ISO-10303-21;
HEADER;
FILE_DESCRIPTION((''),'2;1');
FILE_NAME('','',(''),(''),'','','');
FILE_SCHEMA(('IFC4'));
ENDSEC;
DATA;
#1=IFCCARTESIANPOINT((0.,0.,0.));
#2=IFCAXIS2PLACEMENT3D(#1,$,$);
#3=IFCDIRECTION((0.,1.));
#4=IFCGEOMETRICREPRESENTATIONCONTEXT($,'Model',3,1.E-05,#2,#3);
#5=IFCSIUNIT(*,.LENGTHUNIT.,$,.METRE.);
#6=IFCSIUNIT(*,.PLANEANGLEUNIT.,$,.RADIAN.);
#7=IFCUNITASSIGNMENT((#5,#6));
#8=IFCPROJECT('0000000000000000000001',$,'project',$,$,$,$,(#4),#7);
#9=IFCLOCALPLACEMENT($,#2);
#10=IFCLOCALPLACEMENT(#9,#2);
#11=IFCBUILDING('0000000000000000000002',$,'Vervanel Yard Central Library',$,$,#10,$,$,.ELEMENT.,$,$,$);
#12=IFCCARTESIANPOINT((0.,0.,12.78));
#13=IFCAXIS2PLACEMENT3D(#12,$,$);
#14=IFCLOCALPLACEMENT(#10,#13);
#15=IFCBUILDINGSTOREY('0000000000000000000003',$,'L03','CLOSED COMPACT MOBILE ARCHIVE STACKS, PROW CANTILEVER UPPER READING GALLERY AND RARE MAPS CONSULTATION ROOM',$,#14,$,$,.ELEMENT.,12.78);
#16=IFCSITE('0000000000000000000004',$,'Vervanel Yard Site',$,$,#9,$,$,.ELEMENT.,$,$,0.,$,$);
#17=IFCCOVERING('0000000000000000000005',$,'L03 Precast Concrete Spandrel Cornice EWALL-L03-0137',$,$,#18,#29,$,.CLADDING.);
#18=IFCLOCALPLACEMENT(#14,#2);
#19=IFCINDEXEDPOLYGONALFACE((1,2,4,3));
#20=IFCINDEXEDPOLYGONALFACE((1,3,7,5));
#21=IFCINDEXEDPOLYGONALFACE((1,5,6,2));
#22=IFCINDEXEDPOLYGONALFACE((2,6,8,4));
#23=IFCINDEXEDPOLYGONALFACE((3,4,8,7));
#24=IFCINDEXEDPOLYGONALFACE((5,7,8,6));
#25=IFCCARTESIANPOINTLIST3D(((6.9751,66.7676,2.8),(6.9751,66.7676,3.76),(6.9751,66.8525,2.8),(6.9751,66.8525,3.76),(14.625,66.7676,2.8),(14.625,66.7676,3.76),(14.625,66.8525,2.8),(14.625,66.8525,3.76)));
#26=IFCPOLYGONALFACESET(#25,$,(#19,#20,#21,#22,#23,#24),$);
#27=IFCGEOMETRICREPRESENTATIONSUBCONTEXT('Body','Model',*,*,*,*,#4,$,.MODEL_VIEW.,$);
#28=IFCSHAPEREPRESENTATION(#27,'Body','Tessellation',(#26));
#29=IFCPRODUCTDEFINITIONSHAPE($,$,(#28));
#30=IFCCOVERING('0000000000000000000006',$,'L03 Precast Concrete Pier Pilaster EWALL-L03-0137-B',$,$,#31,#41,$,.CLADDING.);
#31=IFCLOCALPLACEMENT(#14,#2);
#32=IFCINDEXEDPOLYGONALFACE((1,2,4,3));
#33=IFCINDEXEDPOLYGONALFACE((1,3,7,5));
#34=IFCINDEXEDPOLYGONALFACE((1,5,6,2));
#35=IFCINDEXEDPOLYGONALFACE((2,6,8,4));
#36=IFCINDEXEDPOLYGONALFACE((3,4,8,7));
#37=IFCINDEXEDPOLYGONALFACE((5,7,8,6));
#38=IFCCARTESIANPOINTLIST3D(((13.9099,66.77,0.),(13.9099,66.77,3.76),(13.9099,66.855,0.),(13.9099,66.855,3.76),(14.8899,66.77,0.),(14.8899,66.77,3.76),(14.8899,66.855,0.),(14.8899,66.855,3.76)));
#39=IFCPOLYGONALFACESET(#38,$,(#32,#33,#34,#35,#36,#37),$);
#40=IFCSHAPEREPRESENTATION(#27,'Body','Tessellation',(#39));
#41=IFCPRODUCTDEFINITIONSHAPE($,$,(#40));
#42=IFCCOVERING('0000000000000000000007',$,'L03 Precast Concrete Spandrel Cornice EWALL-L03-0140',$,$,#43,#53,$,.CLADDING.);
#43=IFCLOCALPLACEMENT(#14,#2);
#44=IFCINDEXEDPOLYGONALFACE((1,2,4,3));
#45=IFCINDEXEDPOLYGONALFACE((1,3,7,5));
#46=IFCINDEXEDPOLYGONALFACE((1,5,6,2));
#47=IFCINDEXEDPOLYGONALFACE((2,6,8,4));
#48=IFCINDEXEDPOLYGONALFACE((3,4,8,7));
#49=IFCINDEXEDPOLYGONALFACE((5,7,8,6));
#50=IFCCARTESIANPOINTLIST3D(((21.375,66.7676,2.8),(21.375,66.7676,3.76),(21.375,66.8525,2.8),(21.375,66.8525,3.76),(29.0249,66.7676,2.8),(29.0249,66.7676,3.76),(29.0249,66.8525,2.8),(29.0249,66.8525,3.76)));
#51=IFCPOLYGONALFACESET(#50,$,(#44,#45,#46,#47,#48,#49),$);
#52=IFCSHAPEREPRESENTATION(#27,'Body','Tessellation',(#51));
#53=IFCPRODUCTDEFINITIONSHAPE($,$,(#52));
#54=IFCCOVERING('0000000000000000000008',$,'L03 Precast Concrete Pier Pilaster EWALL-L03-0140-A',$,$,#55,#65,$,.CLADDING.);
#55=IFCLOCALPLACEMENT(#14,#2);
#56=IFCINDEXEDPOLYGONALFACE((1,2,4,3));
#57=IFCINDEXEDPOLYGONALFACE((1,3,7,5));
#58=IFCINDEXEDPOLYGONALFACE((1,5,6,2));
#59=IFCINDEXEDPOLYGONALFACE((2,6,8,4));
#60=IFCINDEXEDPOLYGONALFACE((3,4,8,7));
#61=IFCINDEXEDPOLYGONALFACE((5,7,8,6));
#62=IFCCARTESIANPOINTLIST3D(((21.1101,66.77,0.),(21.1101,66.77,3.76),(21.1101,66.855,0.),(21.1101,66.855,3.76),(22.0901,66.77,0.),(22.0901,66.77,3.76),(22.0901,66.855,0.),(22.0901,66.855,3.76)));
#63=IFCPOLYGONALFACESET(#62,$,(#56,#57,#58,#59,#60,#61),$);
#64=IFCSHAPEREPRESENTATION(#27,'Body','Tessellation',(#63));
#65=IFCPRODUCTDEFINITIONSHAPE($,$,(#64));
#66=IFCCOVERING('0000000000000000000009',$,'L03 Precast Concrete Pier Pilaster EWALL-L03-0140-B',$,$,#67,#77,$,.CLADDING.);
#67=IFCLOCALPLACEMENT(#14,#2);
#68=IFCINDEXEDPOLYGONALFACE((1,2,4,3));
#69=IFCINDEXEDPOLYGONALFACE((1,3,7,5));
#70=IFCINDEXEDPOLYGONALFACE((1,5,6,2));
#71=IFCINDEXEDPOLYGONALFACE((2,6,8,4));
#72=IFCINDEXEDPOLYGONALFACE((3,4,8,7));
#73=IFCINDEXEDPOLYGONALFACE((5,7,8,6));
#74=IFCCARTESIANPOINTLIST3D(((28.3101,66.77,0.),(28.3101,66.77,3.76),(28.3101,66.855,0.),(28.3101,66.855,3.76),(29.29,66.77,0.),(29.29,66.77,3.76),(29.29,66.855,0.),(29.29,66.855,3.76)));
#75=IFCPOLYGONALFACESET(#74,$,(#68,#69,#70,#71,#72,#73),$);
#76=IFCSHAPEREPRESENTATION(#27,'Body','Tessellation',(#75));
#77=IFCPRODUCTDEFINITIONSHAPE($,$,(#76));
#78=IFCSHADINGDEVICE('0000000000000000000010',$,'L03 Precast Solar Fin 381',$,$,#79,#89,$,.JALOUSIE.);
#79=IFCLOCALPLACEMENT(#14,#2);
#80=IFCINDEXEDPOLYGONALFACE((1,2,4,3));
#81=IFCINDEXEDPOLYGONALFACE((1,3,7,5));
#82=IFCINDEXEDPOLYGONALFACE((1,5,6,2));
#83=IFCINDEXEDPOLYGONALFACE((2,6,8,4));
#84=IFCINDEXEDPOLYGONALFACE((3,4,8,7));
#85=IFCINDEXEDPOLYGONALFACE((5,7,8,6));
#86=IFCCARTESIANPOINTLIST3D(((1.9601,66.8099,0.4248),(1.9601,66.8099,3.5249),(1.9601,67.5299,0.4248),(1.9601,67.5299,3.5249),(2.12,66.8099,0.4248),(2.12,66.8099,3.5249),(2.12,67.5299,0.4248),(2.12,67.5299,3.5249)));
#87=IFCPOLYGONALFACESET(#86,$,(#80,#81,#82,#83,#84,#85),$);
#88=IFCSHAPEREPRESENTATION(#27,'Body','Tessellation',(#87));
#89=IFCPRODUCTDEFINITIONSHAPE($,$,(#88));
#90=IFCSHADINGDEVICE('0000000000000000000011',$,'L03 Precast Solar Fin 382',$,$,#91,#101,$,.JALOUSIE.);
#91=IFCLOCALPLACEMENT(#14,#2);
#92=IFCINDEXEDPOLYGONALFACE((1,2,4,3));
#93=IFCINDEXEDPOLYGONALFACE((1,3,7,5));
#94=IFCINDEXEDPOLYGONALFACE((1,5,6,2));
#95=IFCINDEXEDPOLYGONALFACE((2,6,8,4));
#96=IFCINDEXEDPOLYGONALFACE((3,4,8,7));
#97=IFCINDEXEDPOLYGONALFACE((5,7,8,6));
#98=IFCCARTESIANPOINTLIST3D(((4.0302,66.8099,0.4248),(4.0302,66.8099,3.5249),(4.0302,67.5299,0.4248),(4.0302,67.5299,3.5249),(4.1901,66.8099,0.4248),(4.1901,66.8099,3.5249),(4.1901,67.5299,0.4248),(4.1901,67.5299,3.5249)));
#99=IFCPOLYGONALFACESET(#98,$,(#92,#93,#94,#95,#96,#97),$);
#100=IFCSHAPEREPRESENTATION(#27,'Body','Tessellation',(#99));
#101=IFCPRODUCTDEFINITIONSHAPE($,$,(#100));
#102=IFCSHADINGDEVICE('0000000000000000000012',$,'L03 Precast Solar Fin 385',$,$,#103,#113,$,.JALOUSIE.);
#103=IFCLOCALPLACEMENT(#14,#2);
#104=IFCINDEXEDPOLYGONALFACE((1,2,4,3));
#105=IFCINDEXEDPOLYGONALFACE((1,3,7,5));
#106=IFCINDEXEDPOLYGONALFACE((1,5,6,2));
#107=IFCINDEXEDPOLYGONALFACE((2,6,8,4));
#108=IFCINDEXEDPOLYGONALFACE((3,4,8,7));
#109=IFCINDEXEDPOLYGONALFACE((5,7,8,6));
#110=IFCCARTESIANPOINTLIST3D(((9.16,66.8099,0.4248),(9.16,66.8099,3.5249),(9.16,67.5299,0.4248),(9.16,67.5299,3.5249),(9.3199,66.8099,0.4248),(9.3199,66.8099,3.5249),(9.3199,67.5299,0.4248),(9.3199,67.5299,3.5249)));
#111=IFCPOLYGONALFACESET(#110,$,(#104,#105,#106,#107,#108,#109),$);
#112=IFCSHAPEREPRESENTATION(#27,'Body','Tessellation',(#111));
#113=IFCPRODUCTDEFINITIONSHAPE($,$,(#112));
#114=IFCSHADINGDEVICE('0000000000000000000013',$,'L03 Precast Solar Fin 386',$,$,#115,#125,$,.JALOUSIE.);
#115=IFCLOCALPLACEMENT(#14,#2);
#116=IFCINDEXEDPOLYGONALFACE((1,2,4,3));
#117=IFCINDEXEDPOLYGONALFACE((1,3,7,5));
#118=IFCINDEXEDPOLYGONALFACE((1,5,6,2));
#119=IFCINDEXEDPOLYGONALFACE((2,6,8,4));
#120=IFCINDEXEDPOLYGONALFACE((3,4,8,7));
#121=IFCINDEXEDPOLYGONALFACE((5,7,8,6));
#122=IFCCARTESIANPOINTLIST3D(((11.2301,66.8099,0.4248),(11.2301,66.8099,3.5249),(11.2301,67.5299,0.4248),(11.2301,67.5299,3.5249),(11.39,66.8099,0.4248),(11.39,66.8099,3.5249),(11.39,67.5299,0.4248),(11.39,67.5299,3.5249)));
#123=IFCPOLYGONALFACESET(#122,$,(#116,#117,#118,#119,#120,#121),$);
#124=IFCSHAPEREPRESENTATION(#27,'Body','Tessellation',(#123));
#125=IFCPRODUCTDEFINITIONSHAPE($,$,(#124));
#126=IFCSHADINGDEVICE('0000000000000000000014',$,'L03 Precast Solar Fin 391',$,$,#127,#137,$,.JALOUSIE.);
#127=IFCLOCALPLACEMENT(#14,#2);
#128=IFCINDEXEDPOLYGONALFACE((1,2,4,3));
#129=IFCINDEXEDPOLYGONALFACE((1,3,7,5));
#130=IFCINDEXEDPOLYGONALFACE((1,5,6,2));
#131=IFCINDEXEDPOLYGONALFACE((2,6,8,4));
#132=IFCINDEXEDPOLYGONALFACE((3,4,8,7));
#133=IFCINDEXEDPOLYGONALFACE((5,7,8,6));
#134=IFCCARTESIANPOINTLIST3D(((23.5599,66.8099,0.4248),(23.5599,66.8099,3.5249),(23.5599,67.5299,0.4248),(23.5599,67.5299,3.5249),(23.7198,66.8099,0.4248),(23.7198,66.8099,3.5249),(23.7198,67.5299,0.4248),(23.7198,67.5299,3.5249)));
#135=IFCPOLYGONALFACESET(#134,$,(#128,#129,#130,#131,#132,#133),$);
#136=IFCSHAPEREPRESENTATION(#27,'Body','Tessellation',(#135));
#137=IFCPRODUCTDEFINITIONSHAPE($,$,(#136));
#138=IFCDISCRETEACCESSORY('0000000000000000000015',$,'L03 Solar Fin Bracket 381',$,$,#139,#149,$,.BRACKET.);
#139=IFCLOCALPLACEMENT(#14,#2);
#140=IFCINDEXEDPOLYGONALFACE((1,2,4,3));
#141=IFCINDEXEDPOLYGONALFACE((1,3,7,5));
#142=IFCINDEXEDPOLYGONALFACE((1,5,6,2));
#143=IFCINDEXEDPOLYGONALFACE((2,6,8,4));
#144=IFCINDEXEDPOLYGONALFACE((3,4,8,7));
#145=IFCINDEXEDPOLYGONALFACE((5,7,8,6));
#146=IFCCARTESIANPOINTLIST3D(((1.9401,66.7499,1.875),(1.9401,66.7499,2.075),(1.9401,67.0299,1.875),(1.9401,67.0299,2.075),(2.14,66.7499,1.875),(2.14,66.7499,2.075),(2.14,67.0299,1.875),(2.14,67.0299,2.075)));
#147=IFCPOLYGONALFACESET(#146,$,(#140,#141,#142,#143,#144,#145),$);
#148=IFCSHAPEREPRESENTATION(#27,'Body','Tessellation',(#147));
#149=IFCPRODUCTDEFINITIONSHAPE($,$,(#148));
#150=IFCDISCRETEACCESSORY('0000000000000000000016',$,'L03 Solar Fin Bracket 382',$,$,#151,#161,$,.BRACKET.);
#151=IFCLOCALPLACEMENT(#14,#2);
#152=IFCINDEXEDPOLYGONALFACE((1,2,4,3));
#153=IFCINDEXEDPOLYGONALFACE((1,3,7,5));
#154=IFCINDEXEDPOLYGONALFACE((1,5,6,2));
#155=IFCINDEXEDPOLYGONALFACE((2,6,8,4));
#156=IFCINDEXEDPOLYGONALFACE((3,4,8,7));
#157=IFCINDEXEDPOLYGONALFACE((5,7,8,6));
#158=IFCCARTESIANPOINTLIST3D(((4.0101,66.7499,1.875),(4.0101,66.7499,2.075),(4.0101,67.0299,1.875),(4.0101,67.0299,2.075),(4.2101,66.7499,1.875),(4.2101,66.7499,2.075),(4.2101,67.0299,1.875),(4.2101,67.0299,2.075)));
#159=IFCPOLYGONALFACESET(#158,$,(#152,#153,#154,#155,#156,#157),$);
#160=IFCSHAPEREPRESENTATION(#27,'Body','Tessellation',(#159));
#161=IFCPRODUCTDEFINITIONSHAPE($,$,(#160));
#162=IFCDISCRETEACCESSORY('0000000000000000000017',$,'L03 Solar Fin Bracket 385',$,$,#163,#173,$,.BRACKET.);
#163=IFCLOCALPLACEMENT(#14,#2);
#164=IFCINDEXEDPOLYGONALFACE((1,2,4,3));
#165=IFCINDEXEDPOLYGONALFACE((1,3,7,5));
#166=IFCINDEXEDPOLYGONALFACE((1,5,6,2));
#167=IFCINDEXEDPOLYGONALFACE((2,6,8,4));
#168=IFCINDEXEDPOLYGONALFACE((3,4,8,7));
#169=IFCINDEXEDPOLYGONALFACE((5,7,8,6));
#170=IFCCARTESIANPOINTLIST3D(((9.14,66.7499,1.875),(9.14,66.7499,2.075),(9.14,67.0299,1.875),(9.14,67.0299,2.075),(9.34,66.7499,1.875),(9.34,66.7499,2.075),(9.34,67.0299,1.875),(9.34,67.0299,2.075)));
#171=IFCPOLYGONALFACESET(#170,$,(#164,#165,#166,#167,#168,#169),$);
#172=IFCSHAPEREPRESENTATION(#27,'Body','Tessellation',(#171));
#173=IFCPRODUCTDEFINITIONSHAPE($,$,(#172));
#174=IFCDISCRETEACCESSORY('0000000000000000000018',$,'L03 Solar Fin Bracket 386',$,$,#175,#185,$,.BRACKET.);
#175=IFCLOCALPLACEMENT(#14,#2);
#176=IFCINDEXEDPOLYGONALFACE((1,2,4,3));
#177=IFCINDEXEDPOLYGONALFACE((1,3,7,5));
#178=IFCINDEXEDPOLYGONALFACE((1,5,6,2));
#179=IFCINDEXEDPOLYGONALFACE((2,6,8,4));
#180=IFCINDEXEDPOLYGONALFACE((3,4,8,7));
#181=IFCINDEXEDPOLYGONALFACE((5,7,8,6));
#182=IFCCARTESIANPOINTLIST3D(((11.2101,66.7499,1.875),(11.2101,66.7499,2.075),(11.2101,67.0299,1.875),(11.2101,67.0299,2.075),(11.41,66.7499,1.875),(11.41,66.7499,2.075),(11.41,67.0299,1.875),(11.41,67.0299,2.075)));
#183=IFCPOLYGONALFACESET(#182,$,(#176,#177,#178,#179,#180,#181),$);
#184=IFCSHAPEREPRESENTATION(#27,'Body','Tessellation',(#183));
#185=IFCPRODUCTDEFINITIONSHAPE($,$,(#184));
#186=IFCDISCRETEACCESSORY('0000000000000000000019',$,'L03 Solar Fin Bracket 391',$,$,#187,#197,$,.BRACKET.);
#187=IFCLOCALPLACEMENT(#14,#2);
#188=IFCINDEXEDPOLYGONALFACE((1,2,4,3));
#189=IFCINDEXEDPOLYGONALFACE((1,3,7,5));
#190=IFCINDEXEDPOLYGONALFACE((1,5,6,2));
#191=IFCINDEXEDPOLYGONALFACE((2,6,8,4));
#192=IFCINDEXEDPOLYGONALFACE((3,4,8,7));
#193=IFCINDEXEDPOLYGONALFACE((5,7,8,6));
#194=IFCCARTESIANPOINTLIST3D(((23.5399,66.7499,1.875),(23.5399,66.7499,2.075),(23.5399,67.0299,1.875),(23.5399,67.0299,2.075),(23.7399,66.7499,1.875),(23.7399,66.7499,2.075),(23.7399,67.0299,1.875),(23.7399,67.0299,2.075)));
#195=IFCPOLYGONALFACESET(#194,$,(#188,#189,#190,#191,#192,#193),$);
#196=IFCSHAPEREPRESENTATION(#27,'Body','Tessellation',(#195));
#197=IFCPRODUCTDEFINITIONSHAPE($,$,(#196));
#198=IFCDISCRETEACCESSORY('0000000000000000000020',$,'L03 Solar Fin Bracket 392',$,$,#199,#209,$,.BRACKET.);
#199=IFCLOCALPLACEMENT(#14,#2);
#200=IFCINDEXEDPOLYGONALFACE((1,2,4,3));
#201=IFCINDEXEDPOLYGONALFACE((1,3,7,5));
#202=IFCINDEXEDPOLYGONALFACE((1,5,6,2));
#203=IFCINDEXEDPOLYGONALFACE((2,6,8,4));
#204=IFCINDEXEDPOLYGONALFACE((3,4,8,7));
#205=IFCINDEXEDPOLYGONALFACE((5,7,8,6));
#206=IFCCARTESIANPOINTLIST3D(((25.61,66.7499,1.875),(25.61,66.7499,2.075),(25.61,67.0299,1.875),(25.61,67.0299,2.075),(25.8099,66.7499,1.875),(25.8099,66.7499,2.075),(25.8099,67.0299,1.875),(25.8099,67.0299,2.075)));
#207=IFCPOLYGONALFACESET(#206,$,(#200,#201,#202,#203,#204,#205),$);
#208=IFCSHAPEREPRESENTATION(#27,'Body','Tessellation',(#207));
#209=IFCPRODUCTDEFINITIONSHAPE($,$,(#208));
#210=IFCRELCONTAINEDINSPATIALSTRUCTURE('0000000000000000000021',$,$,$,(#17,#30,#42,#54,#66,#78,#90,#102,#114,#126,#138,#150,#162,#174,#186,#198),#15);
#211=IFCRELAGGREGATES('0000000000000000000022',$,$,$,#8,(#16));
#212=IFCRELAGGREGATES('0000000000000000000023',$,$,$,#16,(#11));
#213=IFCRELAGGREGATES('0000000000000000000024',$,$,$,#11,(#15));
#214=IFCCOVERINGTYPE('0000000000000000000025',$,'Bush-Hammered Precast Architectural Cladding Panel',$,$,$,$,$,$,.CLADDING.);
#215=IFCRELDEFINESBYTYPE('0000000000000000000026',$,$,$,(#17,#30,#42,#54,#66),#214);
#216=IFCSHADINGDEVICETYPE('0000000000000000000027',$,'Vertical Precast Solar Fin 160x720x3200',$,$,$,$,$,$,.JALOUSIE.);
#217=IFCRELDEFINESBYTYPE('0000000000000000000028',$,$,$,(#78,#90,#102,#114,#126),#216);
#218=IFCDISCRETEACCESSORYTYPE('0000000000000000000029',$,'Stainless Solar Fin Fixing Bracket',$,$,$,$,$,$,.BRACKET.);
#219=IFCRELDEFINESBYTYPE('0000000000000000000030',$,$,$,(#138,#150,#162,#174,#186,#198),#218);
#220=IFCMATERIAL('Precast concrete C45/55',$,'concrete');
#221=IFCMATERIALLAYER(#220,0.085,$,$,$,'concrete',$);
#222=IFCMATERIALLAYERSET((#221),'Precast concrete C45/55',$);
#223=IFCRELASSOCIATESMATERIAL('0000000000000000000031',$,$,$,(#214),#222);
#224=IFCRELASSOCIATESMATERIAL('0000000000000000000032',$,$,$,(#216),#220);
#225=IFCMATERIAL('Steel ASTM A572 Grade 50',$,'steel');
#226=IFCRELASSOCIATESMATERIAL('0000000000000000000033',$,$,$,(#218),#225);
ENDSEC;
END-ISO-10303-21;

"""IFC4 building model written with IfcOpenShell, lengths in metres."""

from ifc_helpers import new_model, si_unit, direction, frame, origin, origin_2d, place, context, subcontext, project, spatial, rectangle, extrude, material, layer, layer_set, type_object, element, save


model = new_model("IFC4")

# Units and contexts
model_context = context("Model", 3, precision=1e-05, world=origin(), true_north=direction((0.0, 1.0)))
body_context = subcontext(model_context, "Body", "Model", "MODEL_VIEW")
ifc_project = project(units=[si_unit("LENGTHUNIT", "METRE"), si_unit("PLANEANGLEUNIT", "RADIAN")], contexts=[model_context])

# Site, building, storey
site_placement = place(None, origin())
site = spatial("IfcSite", under=ifc_project, at=site_placement, Name="Vervanel Yard Site", CompositionType="ELEMENT", RefElevation=0.0)
building_placement = place(site_placement, origin())
building = spatial("IfcBuilding", under=site, at=building_placement, Name="Vervanel Yard Central Library", CompositionType="ELEMENT")
storey_placement = place(building_placement, frame((0.0, 0.0, 12.78)))
storey = spatial("IfcBuildingStorey", under=building, at=storey_placement, Name="L03", Description="CLOSED COMPACT MOBILE ARCHIVE STACKS, PROW CANTILEVER UPPER READING GALLERY AND RARE MAPS CONSULTATION ROOM", CompositionType="ELEMENT", Elevation=12.78)

# Coverings
ifc_material_1 = material(Name="Precast concrete C45/55", Category="concrete")
ifc_layer_1 = layer(ifc_material_1, 0.085, Category="concrete")
ifc_layer_set_1 = layer_set([ifc_layer_1], Name="Precast concrete C45/55")
covering_type = type_object("IfcCoveringType", Name="Bush-Hammered Precast Architectural Cladding Panel", PredefinedType="CLADDING", material=ifc_layer_set_1)
covering_1_placement = place(storey_placement, frame((10.8, 66.8101, 2.8), z_axis=(0.0, 0.0, 1.0), x_axis=(1.0, 0.0, 0.0)))
element("IfcCovering", 1, at=covering_1_placement, inside=storey, type_object=covering_type, Name="L03 Precast Concrete Spandrel Cornice EWALL-L03-0137", PredefinedType="CLADDING", context=body_context, shape_type="SweptSolid", body=[
    extrude(rectangle(XDim=7.6499, YDim=0.085, at=origin_2d()), origin(), (0.0, 0.0, 1.0), 0.96),
])
covering_2_placement = place(storey_placement, frame((14.3999, 66.8125, 0.0), z_axis=(0.0, 0.0, 1.0), x_axis=(1.0, 0.0, 0.0)))
element("IfcCovering", 2, at=covering_2_placement, inside=storey, type_object=covering_type, Name="L03 Precast Concrete Pier Pilaster EWALL-L03-0137-B", PredefinedType="CLADDING", context=body_context, shape_type="SweptSolid", body=[
    extrude(rectangle(XDim=0.98, YDim=0.085, at=origin_2d()), origin(), (0.0, 0.0, 1.0), 3.76),
])
covering_3_placement = place(storey_placement, frame((25.2, 66.8101, 2.8), z_axis=(0.0, 0.0, 1.0), x_axis=(1.0, 0.0, 0.0)))
element("IfcCovering", 3, at=covering_3_placement, inside=storey, type_object=covering_type, Name="L03 Precast Concrete Spandrel Cornice EWALL-L03-0140", PredefinedType="CLADDING", context=body_context, shape_type="SweptSolid", body=[
    extrude(rectangle(XDim=7.6499, YDim=0.085, at=origin_2d()), origin(), (0.0, 0.0, 1.0), 0.96),
])
for number, where, z_axis, x_axis, name in (
    (4, (21.6001, 66.8125, 0.0), (0.0, 0.0, 1.0), (1.0, 0.0, 0.0), "L03 Precast Concrete Pier Pilaster EWALL-L03-0140-A"),
    (5, (28.8, 66.8125, 0.0), (0.0, 0.0, 1.0), (1.0, 0.0, 0.0), "L03 Precast Concrete Pier Pilaster EWALL-L03-0140-B"),
):
    element("IfcCovering", number, at=place(storey_placement, frame(where, z_axis=z_axis, x_axis=x_axis)), inside=storey, type_object=covering_type, Name=name, PredefinedType="CLADDING", context=body_context, shape_type="SweptSolid", body=[
        extrude(rectangle(XDim=0.98, YDim=0.085, at=origin_2d()), origin(), (0.0, 0.0, 1.0), 3.76),
    ])

# Shading devices
shading_device_type = type_object("IfcShadingDeviceType", Name="Vertical Precast Solar Fin 160x720x3200", PredefinedType="JALOUSIE", material=ifc_material_1)
for number, where, z_axis, x_axis, name in (
    (6, (2.04, 67.1699, 0.4248), (0.0, 0.0, 1.0), (1.0, 0.0, 0.0), "L03 Precast Solar Fin 381"),
    (7, (4.1101, 67.1699, 0.4248), (0.0, 0.0, 1.0), (1.0, 0.0, 0.0), "L03 Precast Solar Fin 382"),
    (8, (9.24, 67.1699, 0.4248), (0.0, 0.0, 1.0), (1.0, 0.0, 0.0), "L03 Precast Solar Fin 385"),
    (9, (11.3101, 67.1699, 0.4248), (0.0, 0.0, 1.0), (1.0, 0.0, 0.0), "L03 Precast Solar Fin 386"),
    (10, (23.6399, 67.1699, 0.4248), (0.0, 0.0, 1.0), (1.0, 0.0, 0.0), "L03 Precast Solar Fin 391"),
):
    element("IfcShadingDevice", number, at=place(storey_placement, frame(where, z_axis=z_axis, x_axis=x_axis)), inside=storey, type_object=shading_device_type, Name=name, PredefinedType="JALOUSIE", context=body_context, shape_type="SweptSolid", body=[
        extrude(rectangle(XDim=0.1599, YDim=0.72, at=origin_2d()), origin(), (0.0, 0.0, 1.0), 3.1001),
    ])

# Discrete accessories
ifc_material_2 = material(Name="Steel ASTM A572 Grade 50", Category="steel")
discrete_accessory_type = type_object("IfcDiscreteAccessoryType", Name="Stainless Solar Fin Fixing Bracket", PredefinedType="BRACKET", material=ifc_material_2)
for number, where, z_axis, x_axis, name in (
    (11, (2.04, 66.8899, 1.875), (0.0, 0.0, 1.0), (1.0, 0.0, 0.0), "L03 Solar Fin Bracket 381"),
    (12, (4.1101, 66.8899, 1.875), (0.0, 0.0, 1.0), (1.0, 0.0, 0.0), "L03 Solar Fin Bracket 382"),
    (13, (9.24, 66.8899, 1.875), (0.0, 0.0, 1.0), (1.0, 0.0, 0.0), "L03 Solar Fin Bracket 385"),
    (14, (11.3101, 66.8899, 1.875), (0.0, 0.0, 1.0), (1.0, 0.0, 0.0), "L03 Solar Fin Bracket 386"),
    (15, (23.6399, 66.8899, 1.875), (0.0, 0.0, 1.0), (1.0, 0.0, 0.0), "L03 Solar Fin Bracket 391"),
    (16, (25.71, 66.8899, 1.875), (0.0, 0.0, 1.0), (1.0, 0.0, 0.0), "L03 Solar Fin Bracket 392"),
):
    element("IfcDiscreteAccessory", number, at=place(storey_placement, frame(where, z_axis=z_axis, x_axis=x_axis)), inside=storey, type_object=discrete_accessory_type, Name=name, PredefinedType="BRACKET", context=body_context, shape_type="SweptSolid", body=[
        extrude(rectangle(XDim=0.2, YDim=0.28, at=origin_2d()), origin(), (0.0, 0.0, 1.0), 0.2),
    ])

save(model, "model.ifc")
